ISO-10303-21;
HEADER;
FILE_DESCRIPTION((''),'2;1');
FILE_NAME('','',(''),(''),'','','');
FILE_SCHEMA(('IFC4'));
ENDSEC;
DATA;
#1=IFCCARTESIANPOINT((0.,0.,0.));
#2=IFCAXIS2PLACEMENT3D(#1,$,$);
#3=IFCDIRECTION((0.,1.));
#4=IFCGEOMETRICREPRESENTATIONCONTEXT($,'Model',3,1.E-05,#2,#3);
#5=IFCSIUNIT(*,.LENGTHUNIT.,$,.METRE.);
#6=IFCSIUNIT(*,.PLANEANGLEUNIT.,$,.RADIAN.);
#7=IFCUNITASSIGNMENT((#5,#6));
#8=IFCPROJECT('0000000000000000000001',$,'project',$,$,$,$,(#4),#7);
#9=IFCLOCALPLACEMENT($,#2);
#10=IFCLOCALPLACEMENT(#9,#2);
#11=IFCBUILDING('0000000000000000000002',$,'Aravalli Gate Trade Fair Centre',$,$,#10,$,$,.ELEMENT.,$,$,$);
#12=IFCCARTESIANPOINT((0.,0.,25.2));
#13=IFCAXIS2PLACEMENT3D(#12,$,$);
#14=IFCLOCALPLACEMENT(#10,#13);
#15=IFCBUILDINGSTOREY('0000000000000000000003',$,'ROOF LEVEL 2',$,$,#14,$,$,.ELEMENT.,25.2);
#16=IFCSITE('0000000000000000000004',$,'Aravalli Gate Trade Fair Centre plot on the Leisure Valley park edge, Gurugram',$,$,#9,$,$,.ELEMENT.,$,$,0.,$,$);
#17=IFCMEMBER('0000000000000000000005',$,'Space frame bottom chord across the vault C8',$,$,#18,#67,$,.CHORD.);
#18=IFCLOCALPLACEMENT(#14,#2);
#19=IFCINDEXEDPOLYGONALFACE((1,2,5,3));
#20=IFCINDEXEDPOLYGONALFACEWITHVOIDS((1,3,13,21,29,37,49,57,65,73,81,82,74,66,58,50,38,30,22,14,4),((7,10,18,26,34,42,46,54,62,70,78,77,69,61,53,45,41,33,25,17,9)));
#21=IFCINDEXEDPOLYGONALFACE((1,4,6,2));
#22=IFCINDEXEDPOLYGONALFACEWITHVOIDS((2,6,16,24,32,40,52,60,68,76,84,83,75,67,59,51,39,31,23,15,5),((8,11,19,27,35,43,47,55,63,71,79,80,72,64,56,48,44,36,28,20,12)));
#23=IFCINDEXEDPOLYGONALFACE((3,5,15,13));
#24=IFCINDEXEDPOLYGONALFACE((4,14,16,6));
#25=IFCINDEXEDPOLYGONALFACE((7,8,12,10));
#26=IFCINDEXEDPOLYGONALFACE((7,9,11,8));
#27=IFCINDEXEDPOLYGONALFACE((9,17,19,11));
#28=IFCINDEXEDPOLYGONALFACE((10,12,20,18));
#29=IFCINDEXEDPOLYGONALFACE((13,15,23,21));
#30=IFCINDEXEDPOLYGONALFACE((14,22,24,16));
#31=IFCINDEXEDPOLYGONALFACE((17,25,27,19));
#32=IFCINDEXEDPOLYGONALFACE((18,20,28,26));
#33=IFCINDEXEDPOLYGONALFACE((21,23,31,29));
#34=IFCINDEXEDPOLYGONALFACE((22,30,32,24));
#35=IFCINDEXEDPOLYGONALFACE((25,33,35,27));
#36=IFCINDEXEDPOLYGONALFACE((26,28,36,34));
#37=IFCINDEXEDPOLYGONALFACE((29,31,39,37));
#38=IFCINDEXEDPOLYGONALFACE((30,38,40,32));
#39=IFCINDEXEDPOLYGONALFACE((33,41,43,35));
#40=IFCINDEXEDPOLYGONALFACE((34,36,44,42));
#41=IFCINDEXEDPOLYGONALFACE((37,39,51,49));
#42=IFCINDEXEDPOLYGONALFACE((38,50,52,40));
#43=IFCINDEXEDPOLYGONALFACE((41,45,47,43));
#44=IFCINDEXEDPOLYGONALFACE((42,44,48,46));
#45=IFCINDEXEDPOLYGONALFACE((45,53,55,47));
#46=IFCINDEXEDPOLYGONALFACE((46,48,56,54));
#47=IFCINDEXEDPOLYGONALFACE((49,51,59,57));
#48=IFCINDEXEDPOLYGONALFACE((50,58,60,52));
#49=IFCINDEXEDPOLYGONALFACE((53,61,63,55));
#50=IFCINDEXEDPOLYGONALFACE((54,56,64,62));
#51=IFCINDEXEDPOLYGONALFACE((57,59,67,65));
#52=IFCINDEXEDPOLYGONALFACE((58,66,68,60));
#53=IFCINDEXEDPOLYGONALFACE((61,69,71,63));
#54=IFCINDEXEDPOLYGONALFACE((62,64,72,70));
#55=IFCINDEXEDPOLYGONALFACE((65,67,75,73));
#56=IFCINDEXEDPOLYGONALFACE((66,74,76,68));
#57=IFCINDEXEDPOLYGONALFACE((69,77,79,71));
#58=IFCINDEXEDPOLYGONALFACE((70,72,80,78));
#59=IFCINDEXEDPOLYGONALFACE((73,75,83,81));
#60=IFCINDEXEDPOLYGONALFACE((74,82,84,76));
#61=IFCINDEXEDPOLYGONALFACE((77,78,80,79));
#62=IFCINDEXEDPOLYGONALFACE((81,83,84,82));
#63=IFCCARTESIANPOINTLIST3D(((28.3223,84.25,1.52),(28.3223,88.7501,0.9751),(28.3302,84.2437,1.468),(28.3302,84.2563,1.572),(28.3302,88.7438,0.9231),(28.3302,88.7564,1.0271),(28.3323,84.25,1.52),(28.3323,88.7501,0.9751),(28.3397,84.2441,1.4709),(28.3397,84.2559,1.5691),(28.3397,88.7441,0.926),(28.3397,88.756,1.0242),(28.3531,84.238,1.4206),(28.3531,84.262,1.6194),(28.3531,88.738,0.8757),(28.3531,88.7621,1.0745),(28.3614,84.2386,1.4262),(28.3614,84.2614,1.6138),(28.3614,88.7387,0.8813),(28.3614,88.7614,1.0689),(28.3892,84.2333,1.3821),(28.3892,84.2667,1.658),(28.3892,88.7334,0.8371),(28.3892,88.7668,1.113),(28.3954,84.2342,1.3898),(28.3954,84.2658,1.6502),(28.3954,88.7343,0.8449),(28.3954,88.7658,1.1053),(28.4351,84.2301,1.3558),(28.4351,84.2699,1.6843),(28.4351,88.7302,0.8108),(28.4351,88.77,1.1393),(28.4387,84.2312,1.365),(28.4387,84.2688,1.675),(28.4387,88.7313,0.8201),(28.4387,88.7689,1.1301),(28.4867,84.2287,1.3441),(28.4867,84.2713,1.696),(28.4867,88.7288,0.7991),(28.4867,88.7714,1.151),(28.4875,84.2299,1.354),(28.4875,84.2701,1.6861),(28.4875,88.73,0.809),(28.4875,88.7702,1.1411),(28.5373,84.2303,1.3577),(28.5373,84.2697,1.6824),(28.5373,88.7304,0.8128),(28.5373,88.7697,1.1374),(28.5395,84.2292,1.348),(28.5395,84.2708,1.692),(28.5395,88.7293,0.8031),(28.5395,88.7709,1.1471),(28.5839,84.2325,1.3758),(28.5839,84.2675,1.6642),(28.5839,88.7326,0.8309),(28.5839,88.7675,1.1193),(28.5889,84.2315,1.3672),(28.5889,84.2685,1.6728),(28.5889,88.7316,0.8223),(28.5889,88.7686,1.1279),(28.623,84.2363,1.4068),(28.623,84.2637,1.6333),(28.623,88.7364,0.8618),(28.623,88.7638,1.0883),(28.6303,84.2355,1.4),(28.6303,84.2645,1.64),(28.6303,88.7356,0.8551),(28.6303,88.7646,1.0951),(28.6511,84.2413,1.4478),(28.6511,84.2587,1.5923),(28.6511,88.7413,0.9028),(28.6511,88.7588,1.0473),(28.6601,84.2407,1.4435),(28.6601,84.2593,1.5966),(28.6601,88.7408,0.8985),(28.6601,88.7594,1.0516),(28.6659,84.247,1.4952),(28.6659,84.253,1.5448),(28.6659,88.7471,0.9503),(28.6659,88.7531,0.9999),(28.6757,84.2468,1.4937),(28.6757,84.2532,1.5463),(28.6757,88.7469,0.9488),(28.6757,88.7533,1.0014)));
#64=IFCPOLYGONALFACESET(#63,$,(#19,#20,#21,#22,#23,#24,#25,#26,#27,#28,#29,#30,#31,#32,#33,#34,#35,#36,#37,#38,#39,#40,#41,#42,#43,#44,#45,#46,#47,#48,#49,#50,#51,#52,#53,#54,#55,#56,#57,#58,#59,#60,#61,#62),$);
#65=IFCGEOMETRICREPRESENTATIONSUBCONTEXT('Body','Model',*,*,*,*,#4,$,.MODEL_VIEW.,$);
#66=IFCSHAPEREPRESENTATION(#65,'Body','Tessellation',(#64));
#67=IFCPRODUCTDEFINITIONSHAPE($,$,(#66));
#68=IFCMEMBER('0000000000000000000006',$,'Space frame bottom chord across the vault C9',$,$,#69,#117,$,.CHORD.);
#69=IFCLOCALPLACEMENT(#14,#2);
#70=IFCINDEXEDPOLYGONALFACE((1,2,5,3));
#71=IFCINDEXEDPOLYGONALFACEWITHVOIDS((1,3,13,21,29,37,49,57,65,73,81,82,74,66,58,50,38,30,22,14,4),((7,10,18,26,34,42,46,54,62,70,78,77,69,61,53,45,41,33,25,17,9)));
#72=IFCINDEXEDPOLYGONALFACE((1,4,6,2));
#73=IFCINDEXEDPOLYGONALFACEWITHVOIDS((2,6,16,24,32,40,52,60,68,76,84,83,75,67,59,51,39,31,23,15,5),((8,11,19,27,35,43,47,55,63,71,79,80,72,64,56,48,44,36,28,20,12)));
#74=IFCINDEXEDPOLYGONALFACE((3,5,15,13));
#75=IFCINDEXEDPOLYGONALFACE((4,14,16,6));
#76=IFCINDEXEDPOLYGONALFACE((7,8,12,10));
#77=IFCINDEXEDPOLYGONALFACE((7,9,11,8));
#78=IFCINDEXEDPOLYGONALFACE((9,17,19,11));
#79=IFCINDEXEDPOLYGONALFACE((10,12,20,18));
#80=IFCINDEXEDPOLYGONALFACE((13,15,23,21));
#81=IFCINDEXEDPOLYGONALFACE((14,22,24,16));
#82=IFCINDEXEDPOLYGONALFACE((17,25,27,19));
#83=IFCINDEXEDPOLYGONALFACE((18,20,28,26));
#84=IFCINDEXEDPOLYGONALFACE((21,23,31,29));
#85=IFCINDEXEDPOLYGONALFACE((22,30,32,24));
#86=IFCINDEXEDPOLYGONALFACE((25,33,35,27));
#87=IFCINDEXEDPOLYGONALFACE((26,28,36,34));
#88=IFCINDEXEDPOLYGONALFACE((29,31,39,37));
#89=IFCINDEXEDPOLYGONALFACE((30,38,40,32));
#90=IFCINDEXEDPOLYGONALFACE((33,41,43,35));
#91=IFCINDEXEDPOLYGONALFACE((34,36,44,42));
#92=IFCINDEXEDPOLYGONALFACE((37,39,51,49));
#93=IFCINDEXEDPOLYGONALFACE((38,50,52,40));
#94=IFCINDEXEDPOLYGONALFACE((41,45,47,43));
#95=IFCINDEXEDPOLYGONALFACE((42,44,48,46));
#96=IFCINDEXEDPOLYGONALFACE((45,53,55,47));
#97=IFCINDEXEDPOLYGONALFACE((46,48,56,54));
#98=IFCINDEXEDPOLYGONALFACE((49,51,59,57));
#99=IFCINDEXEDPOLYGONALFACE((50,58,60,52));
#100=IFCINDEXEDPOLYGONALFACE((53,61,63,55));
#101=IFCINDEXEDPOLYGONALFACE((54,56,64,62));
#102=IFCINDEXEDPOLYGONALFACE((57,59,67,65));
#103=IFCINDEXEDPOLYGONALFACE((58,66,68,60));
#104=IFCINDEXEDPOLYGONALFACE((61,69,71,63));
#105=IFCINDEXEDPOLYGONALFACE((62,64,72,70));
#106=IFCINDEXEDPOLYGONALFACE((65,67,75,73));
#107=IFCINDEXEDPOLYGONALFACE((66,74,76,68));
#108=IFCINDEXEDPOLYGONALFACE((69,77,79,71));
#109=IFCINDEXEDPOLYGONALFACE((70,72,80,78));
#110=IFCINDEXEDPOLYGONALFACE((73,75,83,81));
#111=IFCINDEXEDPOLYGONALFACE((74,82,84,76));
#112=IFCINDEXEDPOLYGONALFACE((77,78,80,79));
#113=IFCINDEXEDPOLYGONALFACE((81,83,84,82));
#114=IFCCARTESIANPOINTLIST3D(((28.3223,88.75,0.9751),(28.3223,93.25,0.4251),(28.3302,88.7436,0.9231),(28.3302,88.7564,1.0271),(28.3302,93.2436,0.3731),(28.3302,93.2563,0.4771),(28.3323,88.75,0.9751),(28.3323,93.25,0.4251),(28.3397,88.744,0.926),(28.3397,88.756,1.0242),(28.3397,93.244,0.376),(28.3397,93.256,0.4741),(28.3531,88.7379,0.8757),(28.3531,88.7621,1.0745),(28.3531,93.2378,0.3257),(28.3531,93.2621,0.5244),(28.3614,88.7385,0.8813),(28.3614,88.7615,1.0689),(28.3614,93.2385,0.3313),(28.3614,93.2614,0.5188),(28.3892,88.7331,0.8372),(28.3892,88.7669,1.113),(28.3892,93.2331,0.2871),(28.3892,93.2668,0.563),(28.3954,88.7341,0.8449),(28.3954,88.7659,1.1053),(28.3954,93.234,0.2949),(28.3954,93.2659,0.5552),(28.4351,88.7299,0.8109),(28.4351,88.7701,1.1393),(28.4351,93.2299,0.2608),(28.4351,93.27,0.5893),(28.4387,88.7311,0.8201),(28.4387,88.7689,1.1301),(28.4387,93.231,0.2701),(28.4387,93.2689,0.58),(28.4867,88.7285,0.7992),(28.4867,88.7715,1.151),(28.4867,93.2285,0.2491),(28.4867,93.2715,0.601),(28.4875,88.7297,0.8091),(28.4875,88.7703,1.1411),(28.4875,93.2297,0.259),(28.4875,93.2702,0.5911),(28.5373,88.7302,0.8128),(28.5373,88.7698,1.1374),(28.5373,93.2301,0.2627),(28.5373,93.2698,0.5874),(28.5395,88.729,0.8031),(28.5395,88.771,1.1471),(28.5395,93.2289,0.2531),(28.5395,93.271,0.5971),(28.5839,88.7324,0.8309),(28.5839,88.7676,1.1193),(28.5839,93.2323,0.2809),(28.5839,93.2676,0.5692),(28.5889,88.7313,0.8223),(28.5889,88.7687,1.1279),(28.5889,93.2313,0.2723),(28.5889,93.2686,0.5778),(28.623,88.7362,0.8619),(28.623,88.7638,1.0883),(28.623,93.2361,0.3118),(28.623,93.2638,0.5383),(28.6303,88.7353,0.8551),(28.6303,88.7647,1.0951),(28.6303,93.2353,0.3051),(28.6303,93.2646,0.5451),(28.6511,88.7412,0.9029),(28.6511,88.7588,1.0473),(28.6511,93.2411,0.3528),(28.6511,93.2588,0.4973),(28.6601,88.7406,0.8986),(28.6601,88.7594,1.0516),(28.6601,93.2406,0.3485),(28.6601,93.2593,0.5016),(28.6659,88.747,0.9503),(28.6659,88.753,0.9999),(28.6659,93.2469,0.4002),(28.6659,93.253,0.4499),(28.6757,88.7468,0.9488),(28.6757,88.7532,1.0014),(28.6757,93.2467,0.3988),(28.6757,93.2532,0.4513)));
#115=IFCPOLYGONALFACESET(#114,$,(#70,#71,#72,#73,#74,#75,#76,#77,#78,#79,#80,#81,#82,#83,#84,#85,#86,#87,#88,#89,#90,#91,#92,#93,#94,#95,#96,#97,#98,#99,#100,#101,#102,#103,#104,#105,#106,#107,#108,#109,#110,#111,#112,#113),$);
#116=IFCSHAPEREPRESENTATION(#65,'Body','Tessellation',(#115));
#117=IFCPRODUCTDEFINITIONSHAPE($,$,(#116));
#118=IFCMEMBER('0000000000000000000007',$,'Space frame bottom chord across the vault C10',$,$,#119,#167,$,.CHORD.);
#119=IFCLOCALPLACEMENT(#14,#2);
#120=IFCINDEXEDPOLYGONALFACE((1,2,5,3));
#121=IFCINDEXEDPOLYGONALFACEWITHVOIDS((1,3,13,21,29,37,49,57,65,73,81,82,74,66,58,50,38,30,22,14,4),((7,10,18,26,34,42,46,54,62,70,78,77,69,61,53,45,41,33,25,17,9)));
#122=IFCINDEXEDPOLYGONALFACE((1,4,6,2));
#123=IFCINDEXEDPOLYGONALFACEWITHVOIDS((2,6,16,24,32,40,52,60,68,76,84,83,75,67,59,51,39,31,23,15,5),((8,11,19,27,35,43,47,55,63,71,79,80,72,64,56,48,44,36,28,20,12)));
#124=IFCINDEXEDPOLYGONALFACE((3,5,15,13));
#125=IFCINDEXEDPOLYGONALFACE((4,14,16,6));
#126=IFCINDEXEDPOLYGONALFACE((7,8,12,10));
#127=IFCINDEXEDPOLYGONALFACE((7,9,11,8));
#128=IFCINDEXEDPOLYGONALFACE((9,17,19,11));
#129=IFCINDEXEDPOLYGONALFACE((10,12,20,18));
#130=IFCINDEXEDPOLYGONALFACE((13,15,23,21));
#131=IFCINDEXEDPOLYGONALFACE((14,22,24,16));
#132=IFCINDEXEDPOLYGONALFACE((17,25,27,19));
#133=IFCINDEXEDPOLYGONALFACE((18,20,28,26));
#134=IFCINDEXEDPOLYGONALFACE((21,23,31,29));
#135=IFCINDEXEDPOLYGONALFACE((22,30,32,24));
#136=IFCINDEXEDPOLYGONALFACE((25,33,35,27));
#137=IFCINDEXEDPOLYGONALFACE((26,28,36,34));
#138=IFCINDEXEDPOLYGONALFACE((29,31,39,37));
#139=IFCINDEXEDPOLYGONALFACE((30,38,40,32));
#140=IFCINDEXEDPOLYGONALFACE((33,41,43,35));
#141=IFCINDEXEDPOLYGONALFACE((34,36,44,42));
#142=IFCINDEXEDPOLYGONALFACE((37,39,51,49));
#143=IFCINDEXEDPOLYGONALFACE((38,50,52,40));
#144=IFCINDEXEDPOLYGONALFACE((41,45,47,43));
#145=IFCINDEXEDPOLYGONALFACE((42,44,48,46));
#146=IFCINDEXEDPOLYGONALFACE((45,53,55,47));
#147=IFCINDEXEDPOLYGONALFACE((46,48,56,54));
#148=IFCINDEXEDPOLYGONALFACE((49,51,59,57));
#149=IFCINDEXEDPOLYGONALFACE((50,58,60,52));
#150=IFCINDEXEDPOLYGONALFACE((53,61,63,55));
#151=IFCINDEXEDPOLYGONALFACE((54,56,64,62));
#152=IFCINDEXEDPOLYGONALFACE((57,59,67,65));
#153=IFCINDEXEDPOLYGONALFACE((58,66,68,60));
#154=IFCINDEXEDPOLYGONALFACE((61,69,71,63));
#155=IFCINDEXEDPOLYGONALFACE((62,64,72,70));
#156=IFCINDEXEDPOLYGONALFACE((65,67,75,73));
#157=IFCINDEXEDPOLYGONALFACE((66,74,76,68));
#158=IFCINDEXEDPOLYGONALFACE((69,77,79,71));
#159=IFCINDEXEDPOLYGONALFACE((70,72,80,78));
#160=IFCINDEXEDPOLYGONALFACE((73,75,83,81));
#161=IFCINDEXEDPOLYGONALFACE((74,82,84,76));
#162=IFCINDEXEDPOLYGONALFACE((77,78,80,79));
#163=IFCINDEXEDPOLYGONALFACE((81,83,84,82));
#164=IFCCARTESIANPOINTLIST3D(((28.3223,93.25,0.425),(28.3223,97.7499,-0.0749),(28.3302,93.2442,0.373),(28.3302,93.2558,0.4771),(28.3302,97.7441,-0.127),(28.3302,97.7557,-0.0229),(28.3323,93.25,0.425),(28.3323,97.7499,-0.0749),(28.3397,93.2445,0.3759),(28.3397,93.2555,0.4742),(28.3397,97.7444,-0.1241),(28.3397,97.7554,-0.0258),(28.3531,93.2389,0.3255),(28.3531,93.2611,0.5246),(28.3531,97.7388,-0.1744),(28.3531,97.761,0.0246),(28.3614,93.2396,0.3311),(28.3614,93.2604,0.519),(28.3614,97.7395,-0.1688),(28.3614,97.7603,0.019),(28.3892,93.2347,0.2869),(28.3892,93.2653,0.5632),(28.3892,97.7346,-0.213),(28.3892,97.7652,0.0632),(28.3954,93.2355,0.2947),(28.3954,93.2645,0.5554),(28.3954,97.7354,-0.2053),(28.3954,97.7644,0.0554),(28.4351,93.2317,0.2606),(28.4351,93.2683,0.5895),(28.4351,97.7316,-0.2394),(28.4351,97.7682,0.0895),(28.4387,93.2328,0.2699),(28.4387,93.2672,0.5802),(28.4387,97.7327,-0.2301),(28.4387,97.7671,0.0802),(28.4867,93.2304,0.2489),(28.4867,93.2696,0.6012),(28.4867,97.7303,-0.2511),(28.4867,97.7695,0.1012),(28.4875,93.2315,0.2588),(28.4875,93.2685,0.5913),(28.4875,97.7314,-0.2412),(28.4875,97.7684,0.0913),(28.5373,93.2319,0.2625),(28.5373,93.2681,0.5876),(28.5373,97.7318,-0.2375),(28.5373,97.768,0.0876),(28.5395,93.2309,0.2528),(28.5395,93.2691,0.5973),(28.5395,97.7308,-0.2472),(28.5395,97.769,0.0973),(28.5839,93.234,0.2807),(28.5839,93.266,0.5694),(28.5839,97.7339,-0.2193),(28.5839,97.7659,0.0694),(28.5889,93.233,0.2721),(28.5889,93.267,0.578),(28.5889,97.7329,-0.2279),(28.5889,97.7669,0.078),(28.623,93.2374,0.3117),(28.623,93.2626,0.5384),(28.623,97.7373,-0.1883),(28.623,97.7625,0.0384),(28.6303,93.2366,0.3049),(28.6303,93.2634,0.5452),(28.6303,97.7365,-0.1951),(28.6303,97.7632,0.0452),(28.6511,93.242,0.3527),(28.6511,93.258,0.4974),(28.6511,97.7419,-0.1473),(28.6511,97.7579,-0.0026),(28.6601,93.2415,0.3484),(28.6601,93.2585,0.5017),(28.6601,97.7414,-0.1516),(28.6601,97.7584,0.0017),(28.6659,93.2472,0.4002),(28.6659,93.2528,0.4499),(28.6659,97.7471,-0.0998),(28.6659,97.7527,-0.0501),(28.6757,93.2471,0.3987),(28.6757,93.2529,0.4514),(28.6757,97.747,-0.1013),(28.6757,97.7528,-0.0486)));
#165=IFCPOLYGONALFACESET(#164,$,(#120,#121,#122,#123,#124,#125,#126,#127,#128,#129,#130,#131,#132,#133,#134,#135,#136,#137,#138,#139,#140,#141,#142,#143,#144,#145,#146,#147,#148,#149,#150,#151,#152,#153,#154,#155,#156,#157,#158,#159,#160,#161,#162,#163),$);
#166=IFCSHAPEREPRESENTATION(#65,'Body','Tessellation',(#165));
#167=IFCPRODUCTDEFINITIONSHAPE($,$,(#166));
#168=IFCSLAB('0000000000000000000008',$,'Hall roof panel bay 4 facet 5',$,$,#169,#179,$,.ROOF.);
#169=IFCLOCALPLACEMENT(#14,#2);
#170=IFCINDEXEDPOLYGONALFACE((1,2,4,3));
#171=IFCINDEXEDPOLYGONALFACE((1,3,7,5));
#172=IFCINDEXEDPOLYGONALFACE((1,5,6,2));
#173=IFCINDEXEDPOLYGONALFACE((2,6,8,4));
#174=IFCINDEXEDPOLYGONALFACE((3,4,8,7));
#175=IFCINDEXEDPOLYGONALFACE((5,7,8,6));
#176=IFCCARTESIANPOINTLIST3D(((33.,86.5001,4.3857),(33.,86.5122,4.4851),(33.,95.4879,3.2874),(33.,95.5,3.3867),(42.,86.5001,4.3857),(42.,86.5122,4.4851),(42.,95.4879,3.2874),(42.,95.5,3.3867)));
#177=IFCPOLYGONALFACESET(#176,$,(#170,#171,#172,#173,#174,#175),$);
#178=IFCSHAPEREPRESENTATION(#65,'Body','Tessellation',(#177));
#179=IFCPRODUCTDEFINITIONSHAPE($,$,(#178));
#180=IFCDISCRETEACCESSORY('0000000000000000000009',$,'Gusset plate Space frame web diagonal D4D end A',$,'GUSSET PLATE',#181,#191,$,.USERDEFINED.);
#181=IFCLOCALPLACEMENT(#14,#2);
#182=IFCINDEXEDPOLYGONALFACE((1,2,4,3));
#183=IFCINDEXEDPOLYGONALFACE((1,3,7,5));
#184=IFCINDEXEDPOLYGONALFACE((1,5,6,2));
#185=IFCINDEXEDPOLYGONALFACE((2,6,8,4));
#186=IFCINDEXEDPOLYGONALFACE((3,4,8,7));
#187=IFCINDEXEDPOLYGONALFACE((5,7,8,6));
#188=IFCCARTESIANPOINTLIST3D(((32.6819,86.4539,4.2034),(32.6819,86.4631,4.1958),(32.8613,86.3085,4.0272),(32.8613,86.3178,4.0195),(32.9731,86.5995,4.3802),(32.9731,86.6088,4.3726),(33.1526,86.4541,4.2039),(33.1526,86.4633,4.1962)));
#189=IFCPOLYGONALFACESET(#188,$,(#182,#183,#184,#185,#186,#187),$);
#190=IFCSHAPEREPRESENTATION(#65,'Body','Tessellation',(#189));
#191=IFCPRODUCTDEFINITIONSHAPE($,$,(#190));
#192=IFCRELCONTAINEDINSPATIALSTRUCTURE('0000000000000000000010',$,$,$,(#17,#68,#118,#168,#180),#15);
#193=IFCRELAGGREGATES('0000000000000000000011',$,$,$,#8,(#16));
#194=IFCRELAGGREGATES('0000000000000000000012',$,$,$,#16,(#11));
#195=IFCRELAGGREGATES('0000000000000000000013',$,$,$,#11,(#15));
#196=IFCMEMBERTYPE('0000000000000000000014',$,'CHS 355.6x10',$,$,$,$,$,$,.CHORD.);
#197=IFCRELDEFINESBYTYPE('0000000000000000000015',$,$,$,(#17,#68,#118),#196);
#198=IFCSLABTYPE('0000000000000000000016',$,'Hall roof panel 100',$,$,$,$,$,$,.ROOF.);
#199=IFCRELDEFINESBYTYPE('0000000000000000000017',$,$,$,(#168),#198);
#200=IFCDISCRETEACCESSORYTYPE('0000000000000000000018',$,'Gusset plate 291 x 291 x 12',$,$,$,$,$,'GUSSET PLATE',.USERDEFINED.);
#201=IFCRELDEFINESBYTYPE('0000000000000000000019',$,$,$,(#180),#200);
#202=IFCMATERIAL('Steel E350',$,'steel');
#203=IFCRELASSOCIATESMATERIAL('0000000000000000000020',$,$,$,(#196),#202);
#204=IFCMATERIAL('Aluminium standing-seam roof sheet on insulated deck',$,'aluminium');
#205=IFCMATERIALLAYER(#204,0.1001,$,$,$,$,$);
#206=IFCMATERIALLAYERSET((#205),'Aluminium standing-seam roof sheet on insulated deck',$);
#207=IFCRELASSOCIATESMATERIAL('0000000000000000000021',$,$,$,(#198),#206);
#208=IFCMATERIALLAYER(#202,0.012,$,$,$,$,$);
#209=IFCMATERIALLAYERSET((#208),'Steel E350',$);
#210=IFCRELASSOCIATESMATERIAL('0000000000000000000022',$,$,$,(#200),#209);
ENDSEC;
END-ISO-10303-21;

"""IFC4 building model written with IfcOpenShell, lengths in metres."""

from ifc_helpers import new_model, si_unit, direction, frame, origin, origin_2d, place, context, subcontext, project, spatial, polyline, hollow_circle, outline, extrude, material, layer, layer_set, material_profile, profile_set, type_object, element, save


model = new_model("IFC4")

# Units and contexts
model_context = context("Model", 3, precision=1e-05, world=origin(), true_north=direction((0.0, 1.0)))
body_context = subcontext(model_context, "Body", "Model", "MODEL_VIEW")
ifc_project = project(units=[si_unit("LENGTHUNIT", "METRE"), si_unit("PLANEANGLEUNIT", "RADIAN")], contexts=[model_context])

# Site, building, storey
site_placement = place(None, origin())
site = spatial("IfcSite", under=ifc_project, at=site_placement, Name="Aravalli Gate Trade Fair Centre plot on the Leisure Valley park edge, Gurugram", CompositionType="ELEMENT", RefElevation=0.0)
building_placement = place(site_placement, origin())
building = spatial("IfcBuilding", under=site, at=building_placement, Name="Aravalli Gate Trade Fair Centre", CompositionType="ELEMENT")
storey_placement = place(building_placement, frame((0.0, 0.0, 25.2)))
storey = spatial("IfcBuildingStorey", under=building, at=storey_placement, Name="ROOF LEVEL 2", CompositionType="ELEMENT", Elevation=25.2)

# Members
ifc_material_1 = material(Name="Steel E350", Category="steel")
ifc_material_profile_1 = material_profile(ifc_material_1, hollow_circle(Radius=0.1777, WallThickness=0.01, at=origin_2d()), Name="CHS 355.6x10")
ifc_profile_set_1 = profile_set([ifc_material_profile_1], Name="Steel E350")
member_type_1 = type_object("IfcMemberType", Name="CHS 355.6x10", PredefinedType="CHORD", material=ifc_profile_set_1)
member_1_placement = place(storey_placement, frame((28.5, 84.25, 1.52), z_axis=(0.0, 0.992748, -0.120216), x_axis=(-1.0, 0.0, 0.0)))
element("IfcMember", 1, at=member_1_placement, inside=storey, type_object=member_type_1, Name="Space frame bottom chord across the vault C8", PredefinedType="CHORD", context=body_context, shape_type="SweptSolid", body=[
    extrude(hollow_circle(Radius=0.1777, WallThickness=0.01, at=origin_2d()), origin(), (0.0, 0.0, 1.0), 4.533),
])
member_2_placement = place(storey_placement, frame((28.5, 88.75, 0.9751), z_axis=(0.0, 0.992612, -0.12133), x_axis=(-1.0, 0.0, 0.0)))
element("IfcMember", 2, at=member_2_placement, inside=storey, type_object=member_type_1, Name="Space frame bottom chord across the vault C9", PredefinedType="CHORD", context=body_context, shape_type="SweptSolid", body=[
    extrude(hollow_circle(Radius=0.1777, WallThickness=0.01, at=origin_2d()), origin(), (0.0, 0.0, 1.0), 4.5334),
])
member_3_placement = place(storey_placement, frame((28.5, 93.25, 0.425), z_axis=(0.0, 0.993884, -0.110432), x_axis=(-1.0, 0.0, 0.0)))
element("IfcMember", 3, at=member_3_placement, inside=storey, type_object=member_type_1, Name="Space frame bottom chord across the vault C10", PredefinedType="CHORD", context=body_context, shape_type="SweptSolid", body=[
    extrude(hollow_circle(Radius=0.1777, WallThickness=0.01, at=origin_2d()), origin(), (0.0, 0.0, 1.0), 4.5276),
])

# Slab
ifc_material_2 = material(Name="Aluminium standing-seam roof sheet on insulated deck", Category="aluminium")
ifc_layer_1 = layer(ifc_material_2, 0.1001)
ifc_layer_set_1 = layer_set([ifc_layer_1], Name="Aluminium standing-seam roof sheet on insulated deck")
slab_type = type_object("IfcSlabType", Name="Hall roof panel 100", PredefinedType="ROOF", material=ifc_layer_set_1)
slab_placement = place(storey_placement, frame((33.0, 86.5122, 4.4851), z_axis=(0.0, 0.121306, 0.992615), x_axis=(1.0, 0.0, 0.0)))
element("IfcSlab", 4, at=slab_placement, inside=storey, type_object=slab_type, Name="Hall roof panel bay 4 facet 5", PredefinedType="ROOF", context=body_context, shape_type="SweptSolid", body=[
    extrude(outline(polyline([(0.0, 0.0), (9.0, 0.0), (9.0, 9.0547), (0.0, 9.0547), (0.0, 0.0)])), origin(), (0.0, 0.0, -1.0), 0.1001),
])

# Discrete accessory
ifc_layer_2 = layer(ifc_material_1, 0.012)
ifc_layer_set_2 = layer_set([ifc_layer_2], Name="Steel E350")
discrete_accessory_type = type_object("IfcDiscreteAccessoryType", Name="Gusset plate 291 x 291 x 12", ElementType="GUSSET PLATE", PredefinedType="USERDEFINED", material=ifc_layer_set_2)
discrete_accessory_1_placement = place(storey_placement, frame((32.6819, 86.4539, 4.2034), z_axis=(-0.00026, -0.771582, 0.63613), x_axis=(0.785986, 0.393126, 0.477156)))
element("IfcDiscreteAccessory", 5, at=discrete_accessory_1_placement, inside=storey, type_object=discrete_accessory_type, Name="Gusset plate Space frame web diagonal D4D end A", ObjectType="GUSSET PLATE", PredefinedType="USERDEFINED", context=body_context, shape_type="SweptSolid", body=[
    extrude(outline(polyline([(0.0, 0.0), (0.3706, 0.0), (0.3703, -0.2906), (-0.0002, -0.2905), (0.0, 0.0)])), origin(), (0.0, 0.0, -1.0), 0.012),
])

save(model, "model.ifc")
